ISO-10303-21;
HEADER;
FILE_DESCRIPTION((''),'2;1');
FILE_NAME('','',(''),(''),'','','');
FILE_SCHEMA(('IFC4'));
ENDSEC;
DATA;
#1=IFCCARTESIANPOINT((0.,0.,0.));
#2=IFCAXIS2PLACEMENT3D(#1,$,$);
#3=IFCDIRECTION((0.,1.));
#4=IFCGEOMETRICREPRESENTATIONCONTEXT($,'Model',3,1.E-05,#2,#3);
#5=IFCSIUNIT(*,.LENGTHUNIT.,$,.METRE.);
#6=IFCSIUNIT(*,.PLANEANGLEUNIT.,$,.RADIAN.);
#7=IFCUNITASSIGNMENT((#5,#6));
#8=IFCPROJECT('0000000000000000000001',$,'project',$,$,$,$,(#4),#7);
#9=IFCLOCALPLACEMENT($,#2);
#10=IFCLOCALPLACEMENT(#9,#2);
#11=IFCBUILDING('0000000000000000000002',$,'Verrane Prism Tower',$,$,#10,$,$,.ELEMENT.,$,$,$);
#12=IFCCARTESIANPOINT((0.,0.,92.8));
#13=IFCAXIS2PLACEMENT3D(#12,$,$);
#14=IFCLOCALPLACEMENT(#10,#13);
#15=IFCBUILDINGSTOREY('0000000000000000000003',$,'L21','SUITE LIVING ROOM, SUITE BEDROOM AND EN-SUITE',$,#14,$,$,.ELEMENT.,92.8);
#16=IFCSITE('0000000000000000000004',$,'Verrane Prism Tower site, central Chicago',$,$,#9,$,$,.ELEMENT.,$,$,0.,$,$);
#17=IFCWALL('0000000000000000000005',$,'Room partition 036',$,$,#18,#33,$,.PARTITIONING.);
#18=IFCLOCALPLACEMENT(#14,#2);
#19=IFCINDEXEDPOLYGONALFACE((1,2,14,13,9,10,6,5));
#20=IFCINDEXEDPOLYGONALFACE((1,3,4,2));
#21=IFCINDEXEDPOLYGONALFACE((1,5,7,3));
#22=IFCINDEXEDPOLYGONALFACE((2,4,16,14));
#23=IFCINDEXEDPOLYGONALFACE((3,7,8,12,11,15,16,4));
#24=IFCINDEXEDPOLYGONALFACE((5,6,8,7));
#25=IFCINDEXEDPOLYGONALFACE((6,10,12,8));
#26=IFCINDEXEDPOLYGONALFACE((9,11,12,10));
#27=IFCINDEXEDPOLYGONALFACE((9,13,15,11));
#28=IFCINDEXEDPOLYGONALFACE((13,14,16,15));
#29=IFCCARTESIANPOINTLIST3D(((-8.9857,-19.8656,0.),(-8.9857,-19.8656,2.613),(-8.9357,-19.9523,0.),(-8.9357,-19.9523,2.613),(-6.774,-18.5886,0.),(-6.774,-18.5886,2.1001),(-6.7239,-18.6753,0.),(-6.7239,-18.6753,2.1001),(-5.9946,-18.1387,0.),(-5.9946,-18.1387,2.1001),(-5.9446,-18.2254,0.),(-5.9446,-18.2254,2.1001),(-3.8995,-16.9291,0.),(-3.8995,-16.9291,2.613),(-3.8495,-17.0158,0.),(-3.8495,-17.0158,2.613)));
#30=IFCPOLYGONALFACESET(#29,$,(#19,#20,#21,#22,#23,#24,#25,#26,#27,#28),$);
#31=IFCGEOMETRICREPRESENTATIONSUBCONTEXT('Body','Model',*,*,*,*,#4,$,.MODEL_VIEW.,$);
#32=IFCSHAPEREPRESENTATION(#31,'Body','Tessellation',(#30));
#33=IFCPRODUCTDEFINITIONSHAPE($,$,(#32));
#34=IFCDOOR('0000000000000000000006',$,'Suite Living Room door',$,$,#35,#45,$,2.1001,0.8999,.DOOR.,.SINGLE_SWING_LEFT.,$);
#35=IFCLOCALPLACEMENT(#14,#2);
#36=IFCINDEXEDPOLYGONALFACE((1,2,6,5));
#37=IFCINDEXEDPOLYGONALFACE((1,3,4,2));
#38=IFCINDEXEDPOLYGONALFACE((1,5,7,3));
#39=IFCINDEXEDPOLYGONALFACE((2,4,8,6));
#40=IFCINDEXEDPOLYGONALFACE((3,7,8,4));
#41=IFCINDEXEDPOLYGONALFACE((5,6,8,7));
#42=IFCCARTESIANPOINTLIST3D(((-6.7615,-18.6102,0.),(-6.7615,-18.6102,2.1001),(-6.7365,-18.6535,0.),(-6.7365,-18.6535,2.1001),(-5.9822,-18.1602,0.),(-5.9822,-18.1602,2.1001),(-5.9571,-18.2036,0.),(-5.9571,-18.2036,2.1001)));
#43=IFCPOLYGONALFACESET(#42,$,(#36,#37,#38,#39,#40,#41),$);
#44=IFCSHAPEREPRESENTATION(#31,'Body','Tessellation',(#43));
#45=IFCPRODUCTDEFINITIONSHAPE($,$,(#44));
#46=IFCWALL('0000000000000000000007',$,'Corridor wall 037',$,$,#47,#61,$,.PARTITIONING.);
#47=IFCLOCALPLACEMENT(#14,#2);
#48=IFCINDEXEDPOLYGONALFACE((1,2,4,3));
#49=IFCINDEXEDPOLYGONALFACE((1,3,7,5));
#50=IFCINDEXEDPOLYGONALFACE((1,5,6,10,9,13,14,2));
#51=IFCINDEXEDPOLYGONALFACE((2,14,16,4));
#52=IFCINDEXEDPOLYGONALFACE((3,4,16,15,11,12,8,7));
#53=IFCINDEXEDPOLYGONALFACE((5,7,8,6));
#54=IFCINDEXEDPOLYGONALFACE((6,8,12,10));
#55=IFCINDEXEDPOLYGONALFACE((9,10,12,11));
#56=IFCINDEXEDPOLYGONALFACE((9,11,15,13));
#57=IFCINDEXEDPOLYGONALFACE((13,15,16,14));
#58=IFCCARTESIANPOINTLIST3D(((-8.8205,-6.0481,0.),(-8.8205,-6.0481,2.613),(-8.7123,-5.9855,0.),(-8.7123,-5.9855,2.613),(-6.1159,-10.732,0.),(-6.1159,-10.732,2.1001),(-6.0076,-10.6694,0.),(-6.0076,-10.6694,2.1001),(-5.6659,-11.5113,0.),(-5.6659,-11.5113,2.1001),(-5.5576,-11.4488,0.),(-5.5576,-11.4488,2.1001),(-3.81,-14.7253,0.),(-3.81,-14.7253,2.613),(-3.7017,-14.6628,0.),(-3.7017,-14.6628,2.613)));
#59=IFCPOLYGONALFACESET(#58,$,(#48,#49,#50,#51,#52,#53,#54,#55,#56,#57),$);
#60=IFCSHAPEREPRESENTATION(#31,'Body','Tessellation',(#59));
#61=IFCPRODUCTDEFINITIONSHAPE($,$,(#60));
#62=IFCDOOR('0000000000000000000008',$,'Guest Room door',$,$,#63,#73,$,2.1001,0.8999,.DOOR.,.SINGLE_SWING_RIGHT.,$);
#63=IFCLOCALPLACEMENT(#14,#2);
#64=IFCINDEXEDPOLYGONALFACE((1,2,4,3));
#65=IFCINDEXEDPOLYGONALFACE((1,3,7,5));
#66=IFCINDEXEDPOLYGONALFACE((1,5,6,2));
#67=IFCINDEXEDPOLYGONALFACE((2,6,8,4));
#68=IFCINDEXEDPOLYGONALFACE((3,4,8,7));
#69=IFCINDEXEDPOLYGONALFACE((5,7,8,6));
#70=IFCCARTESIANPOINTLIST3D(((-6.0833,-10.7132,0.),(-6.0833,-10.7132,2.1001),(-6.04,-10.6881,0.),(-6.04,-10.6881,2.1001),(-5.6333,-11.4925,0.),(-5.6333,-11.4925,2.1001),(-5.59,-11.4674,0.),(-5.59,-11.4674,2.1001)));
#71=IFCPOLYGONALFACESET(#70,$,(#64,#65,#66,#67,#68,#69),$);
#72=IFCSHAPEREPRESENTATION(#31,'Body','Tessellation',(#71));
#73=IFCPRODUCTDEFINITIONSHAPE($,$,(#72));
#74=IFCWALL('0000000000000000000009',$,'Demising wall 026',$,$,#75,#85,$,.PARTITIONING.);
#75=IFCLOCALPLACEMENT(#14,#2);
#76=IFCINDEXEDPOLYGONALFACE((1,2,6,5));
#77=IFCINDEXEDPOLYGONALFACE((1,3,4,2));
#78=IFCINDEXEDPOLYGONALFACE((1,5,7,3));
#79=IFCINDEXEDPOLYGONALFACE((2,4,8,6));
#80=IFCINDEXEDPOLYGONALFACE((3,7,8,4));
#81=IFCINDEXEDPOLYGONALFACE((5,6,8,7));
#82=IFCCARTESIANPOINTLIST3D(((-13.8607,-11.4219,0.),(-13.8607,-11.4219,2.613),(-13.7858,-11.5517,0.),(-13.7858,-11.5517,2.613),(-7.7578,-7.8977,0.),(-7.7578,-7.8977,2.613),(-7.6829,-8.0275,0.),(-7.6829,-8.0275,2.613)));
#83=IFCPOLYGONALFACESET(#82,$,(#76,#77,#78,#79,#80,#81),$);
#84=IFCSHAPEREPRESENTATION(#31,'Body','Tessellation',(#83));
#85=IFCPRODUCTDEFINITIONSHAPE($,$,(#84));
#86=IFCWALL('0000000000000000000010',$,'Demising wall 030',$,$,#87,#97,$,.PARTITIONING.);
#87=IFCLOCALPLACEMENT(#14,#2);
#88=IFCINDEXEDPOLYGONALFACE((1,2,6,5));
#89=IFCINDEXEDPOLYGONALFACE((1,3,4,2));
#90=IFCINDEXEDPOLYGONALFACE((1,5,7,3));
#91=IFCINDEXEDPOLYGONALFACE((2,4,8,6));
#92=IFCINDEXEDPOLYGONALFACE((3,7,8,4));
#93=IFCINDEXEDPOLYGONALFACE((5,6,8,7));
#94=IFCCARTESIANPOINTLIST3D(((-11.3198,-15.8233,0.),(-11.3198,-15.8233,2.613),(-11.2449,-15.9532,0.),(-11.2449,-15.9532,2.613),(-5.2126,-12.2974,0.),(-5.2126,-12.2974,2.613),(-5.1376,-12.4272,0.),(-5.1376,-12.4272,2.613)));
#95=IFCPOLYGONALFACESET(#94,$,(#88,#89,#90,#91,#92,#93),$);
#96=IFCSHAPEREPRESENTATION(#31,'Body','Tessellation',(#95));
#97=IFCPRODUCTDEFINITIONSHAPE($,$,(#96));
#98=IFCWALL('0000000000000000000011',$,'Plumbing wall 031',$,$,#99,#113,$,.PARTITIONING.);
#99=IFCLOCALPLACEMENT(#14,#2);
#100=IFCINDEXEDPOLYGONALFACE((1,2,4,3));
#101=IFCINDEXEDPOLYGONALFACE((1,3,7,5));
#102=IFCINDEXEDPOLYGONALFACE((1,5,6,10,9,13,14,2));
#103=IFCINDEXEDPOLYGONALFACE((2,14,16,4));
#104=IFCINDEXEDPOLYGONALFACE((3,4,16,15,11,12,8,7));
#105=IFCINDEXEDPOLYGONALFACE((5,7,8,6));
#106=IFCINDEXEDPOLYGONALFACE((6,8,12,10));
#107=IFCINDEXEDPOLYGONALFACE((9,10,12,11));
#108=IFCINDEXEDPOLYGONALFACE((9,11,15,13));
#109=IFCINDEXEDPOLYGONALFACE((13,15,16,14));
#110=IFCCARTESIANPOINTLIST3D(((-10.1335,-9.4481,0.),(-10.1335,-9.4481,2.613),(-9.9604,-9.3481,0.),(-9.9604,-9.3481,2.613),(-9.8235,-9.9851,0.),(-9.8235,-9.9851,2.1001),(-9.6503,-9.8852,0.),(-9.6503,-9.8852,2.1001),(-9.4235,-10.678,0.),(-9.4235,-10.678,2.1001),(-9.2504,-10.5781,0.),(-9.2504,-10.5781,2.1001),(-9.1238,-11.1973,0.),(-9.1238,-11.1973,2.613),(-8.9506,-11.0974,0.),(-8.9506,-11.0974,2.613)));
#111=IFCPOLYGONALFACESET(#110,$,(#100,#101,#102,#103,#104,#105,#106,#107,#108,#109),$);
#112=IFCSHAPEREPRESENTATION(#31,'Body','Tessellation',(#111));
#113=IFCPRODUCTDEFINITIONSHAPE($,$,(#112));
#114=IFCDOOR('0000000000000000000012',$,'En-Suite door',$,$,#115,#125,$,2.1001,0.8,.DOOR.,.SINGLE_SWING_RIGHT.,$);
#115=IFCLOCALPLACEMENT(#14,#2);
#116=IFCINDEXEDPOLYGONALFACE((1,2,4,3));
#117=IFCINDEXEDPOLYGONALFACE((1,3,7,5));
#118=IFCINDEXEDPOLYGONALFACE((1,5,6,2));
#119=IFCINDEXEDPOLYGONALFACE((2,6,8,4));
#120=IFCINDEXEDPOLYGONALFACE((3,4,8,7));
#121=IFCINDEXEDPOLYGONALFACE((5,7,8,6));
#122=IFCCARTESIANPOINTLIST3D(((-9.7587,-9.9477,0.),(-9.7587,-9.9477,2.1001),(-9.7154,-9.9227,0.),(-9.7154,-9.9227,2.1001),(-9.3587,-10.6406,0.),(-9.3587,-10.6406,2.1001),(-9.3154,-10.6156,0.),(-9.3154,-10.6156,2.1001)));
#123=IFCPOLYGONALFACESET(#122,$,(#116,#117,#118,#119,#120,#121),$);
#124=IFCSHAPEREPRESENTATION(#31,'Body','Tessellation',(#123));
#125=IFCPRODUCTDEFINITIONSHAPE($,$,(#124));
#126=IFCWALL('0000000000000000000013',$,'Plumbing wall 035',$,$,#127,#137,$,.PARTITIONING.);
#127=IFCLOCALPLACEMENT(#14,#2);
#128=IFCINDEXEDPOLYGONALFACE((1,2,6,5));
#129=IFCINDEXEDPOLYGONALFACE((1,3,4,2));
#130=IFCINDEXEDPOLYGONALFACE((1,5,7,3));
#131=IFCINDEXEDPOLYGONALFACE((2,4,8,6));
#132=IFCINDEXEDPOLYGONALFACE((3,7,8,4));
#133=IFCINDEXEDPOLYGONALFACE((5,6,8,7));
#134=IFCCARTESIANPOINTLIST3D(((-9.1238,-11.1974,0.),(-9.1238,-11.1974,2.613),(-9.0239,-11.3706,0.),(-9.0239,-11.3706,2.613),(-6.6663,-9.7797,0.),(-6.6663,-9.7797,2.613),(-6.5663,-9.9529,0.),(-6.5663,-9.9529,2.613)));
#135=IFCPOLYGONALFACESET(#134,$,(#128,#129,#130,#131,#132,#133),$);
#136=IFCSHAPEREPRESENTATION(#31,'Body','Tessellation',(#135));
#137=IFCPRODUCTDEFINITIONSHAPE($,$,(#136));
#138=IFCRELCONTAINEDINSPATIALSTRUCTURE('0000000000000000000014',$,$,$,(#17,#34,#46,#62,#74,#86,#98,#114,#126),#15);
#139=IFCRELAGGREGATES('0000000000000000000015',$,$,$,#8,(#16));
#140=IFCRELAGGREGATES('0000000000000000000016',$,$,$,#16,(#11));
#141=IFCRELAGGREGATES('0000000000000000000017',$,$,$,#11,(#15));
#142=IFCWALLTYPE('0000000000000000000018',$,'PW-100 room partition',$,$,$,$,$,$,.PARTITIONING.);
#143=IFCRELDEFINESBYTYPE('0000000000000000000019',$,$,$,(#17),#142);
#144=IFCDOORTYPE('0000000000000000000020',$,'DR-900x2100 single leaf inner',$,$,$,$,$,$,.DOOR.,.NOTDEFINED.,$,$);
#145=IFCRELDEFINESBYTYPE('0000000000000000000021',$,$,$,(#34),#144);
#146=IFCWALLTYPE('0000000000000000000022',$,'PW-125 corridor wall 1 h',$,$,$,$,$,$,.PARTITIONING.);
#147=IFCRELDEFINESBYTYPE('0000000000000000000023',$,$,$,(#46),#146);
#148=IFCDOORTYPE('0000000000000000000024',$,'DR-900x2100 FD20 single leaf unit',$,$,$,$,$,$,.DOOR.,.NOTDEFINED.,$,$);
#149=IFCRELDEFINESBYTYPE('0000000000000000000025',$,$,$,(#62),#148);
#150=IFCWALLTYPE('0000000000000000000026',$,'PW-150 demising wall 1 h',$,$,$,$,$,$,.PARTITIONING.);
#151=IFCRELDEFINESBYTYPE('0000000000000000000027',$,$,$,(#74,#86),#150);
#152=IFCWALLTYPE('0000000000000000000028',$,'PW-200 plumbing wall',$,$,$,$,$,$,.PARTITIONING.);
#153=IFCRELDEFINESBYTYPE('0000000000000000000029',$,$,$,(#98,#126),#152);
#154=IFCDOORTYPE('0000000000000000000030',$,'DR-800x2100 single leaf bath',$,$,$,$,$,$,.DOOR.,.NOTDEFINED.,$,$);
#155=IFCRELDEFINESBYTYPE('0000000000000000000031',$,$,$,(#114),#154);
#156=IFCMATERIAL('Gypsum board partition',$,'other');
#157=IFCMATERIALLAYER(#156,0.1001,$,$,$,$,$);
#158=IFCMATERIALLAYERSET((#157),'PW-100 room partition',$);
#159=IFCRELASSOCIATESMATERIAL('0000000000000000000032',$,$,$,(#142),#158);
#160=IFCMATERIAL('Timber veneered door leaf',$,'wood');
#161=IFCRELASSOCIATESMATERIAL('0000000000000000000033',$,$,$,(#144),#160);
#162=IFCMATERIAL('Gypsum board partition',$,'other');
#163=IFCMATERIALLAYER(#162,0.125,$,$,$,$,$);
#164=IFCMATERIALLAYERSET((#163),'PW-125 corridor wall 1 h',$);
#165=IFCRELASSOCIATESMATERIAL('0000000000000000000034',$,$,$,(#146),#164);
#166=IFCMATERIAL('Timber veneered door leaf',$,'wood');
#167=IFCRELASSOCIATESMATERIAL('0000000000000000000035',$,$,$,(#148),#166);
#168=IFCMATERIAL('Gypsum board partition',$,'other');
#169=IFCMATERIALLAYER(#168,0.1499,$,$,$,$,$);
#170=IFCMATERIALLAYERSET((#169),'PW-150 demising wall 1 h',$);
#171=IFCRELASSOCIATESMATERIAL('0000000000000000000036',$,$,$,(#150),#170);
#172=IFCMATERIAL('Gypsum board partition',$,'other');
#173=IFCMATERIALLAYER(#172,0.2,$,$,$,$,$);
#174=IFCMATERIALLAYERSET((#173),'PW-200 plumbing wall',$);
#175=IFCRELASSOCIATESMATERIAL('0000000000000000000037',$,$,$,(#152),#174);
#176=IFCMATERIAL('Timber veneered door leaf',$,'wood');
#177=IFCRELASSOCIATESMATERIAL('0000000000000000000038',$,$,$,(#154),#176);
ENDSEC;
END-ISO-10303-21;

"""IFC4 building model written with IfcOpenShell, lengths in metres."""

from ifc_helpers import new_model, si_unit, direction, frame, frame_2d, origin, place, context, subcontext, project, spatial, rectangle, extrude, material, layer, layer_set, type_object, element, fill, save


model = new_model("IFC4")

# Units and contexts
model_context = context("Model", 3, precision=1e-05, world=origin(), true_north=direction((0.0, 1.0)))
body_context = subcontext(model_context, "Body", "Model", "MODEL_VIEW")
ifc_project = project(units=[si_unit("LENGTHUNIT", "METRE"), si_unit("PLANEANGLEUNIT", "RADIAN")], contexts=[model_context])

# Site, building, storey
site_placement = place(None, origin())
site = spatial("IfcSite", under=ifc_project, at=site_placement, Name="Verrane Prism Tower site, central Chicago", CompositionType="ELEMENT", RefElevation=0.0)
building_placement = place(site_placement, origin())
building = spatial("IfcBuilding", under=site, at=building_placement, Name="Verrane Prism Tower", CompositionType="ELEMENT")
storey_placement = place(building_placement, frame((0.0, 0.0, 92.8)))
storey = spatial("IfcBuildingStorey", under=building, at=storey_placement, Name="L21", Description="SUITE LIVING ROOM, SUITE BEDROOM AND EN-SUITE", CompositionType="ELEMENT", Elevation=92.8)

# Walls, openings, doors
ifc_material_1 = material(Name="Gypsum board partition", Category="other")
ifc_layer_1 = layer(ifc_material_1, 0.1001)
ifc_layer_set_1 = layer_set([ifc_layer_1], Name="PW-100 room partition")
wall_type_1 = type_object("IfcWallType", Name="PW-100 room partition", PredefinedType="PARTITIONING", material=ifc_layer_set_1)
wall_1_placement = place(storey_placement, frame((-3.8745, -16.9724, 0.0), z_axis=(0.0, 0.0, 1.0), x_axis=(-0.866024, -0.500002, 0.0)))
wall_1 = element("IfcWall", 1, at=wall_1_placement, inside=storey, type_object=wall_type_1, Name="Room partition 036", PredefinedType="PARTITIONING", context=body_context, shape_type="SweptSolid", body=[
    extrude(rectangle(XDim=5.873, YDim=0.1001, at=frame_2d((2.9365, 0.0))), origin(), (0.0, 0.0, 1.0), 2.613),
])
opening_1_placement = place(wall_1_placement, frame((2.4192, 0.0, 0.0)))
opening_1 = element("IfcOpeningElement", 2, at=opening_1_placement, cuts=wall_1, PredefinedType="OPENING", context=body_context, shape_type="SweptSolid", body=[
    extrude(rectangle(XDim=0.8999, YDim=2.1001, at=frame_2d((0.45, 1.05))), frame((0.0, 0.0601, 0.0), z_axis=(0.0, -1.0, 0.0), x_axis=(1.0, 0.0, 0.0)), (0.0, 0.0, 1.0), 0.1201),
])
ifc_material_2 = material(Name="Timber veneered door leaf", Category="wood")
door_type_1 = type_object("IfcDoorType", Name="DR-900x2100 single leaf inner", OperationType="NOTDEFINED", PredefinedType="DOOR", material=ifc_material_2)
door_1_placement = place(opening_1_placement, origin())
door_1 = element("IfcDoor", 3, at=door_1_placement, inside=storey, type_object=door_type_1, Name="Suite Living Room door", OperationType="SINGLE_SWING_LEFT", OverallHeight=2.1001, OverallWidth=0.8999, PredefinedType="DOOR", context=body_context, shape_type="SweptSolid", body=[
    extrude(rectangle(XDim=0.8999, YDim=2.1001, at=frame_2d((0.45, 1.05))), frame((0.0, 0.0249, 0.0), z_axis=(0.0, -1.0, 0.0), x_axis=(1.0, 0.0, 0.0)), (0.0, 0.0, 1.0), 0.05),
])
fill(opening_1, door_1)
ifc_material_3 = material(Name="Gypsum board partition", Category="other")
ifc_layer_2 = layer(ifc_material_3, 0.125)
ifc_layer_set_2 = layer_set([ifc_layer_2], Name="PW-125 corridor wall 1 h")
wall_type_2 = type_object("IfcWallType", Name="PW-125 corridor wall 1 h", PredefinedType="PARTITIONING", material=ifc_layer_set_2)
wall_2_placement = place(storey_placement, frame((-3.7559, -14.6941, 0.0), z_axis=(0.0, 0.0, 1.0), x_axis=(-0.500051, 0.865996, 0.0)))
wall_2 = element("IfcWall", 4, at=wall_2_placement, inside=storey, type_object=wall_type_2, Name="Corridor wall 037", PredefinedType="PARTITIONING", context=body_context, shape_type="SweptSolid", body=[
    extrude(rectangle(XDim=10.02, YDim=0.125, at=frame_2d((5.01, 0.0))), origin(), (0.0, 0.0, 1.0), 2.613),
])
opening_2_placement = place(wall_2_placement, frame((3.7114, 0.0, 0.0)))
opening_2 = element("IfcOpeningElement", 5, at=opening_2_placement, cuts=wall_2, PredefinedType="OPENING", context=body_context, shape_type="SweptSolid", body=[
    extrude(rectangle(XDim=0.8999, YDim=2.1001, at=frame_2d((0.45, 1.05))), frame((0.0, 0.0725, 0.0), z_axis=(0.0, -1.0, 0.0), x_axis=(1.0, 0.0, 0.0)), (0.0, 0.0, 1.0), 0.145),
])
ifc_material_4 = material(Name="Timber veneered door leaf", Category="wood")
door_type_2 = type_object("IfcDoorType", Name="DR-900x2100 FD20 single leaf unit", OperationType="NOTDEFINED", PredefinedType="DOOR", material=ifc_material_4)
door_2_placement = place(opening_2_placement, origin())
door_2 = element("IfcDoor", 6, at=door_2_placement, inside=storey, type_object=door_type_2, Name="Guest Room door", OperationType="SINGLE_SWING_RIGHT", OverallHeight=2.1001, OverallWidth=0.8999, PredefinedType="DOOR", context=body_context, shape_type="SweptSolid", body=[
    extrude(rectangle(XDim=0.8999, YDim=2.1001, at=frame_2d((0.45, 1.05))), frame((0.0, 0.0249, 0.0), z_axis=(0.0, -1.0, 0.0), x_axis=(1.0, 0.0, 0.0)), (0.0, 0.0, 1.0), 0.05),
])
fill(opening_2, door_2)

# Walls
ifc_material_5 = material(Name="Gypsum board partition", Category="other")
ifc_layer_3 = layer(ifc_material_5, 0.1499)
ifc_layer_set_3 = layer_set([ifc_layer_3], Name="PW-150 demising wall 1 h")
wall_type_3 = type_object("IfcWallType", Name="PW-150 demising wall 1 h", PredefinedType="PARTITIONING", material=ifc_layer_set_3)
wall_3_placement = place(storey_placement, frame((-13.8232, -11.4868, 0.0), z_axis=(0.0, 0.0, 1.0), x_axis=(0.865981, 0.500077, 0.0)))
element("IfcWall", 7, at=wall_3_placement, inside=storey, type_object=wall_type_3, Name="Demising wall 026", PredefinedType="PARTITIONING", context=body_context, shape_type="SweptSolid", body=[
    extrude(rectangle(XDim=7.0474, YDim=0.1499, at=frame_2d((3.5237, 0.0))), origin(), (0.0, 0.0, 1.0), 2.613),
])
wall_4_placement = place(storey_placement, frame((-11.2822, -15.8882, 0.0), z_axis=(0.0, 0.0, 1.0), x_axis=(0.866032, 0.499989, 0.0)))
element("IfcWall", 8, at=wall_4_placement, inside=storey, type_object=wall_type_3, Name="Demising wall 030", PredefinedType="PARTITIONING", context=body_context, shape_type="SweptSolid", body=[
    extrude(rectangle(XDim=7.052, YDim=0.1499, at=frame_2d((3.5259, 0.0))), origin(), (0.0, 0.0, 1.0), 2.613),
])

# Wall, opening, door
ifc_material_6 = material(Name="Gypsum board partition", Category="other")
ifc_layer_4 = layer(ifc_material_6, 0.2)
ifc_layer_set_4 = layer_set([ifc_layer_4], Name="PW-200 plumbing wall")
wall_type_4 = type_object("IfcWallType", Name="PW-200 plumbing wall", PredefinedType="PARTITIONING", material=ifc_layer_set_4)
wall_5_placement = place(storey_placement, frame((-10.0469, -9.3982, 0.0), z_axis=(0.0, 0.0, 1.0), x_axis=(0.499935, -0.866063, 0.0)))
wall_5 = element("IfcWall", 9, at=wall_5_placement, inside=storey, type_object=wall_type_4, Name="Plumbing wall 031", PredefinedType="PARTITIONING", context=body_context, shape_type="SweptSolid", body=[
    extrude(rectangle(XDim=2.0198, YDim=0.2, at=frame_2d((1.0098, 0.0))), origin(), (0.0, 0.0, 1.0), 2.613),
])
opening_3_placement = place(wall_5_placement, frame((0.6201, 0.0, 0.0)))
opening_3 = element("IfcOpeningElement", 10, at=opening_3_placement, cuts=wall_5, PredefinedType="OPENING", context=body_context, shape_type="SweptSolid", body=[
    extrude(rectangle(XDim=0.8, YDim=2.1001, at=frame_2d((0.3999, 1.05))), frame((0.0, 0.1099, 0.0), z_axis=(0.0, -1.0, 0.0), x_axis=(1.0, 0.0, 0.0)), (0.0, 0.0, 1.0), 0.22),
])
ifc_material_7 = material(Name="Timber veneered door leaf", Category="wood")
door_type_3 = type_object("IfcDoorType", Name="DR-800x2100 single leaf bath", OperationType="NOTDEFINED", PredefinedType="DOOR", material=ifc_material_7)
door_3_placement = place(opening_3_placement, origin())
door_3 = element("IfcDoor", 11, at=door_3_placement, inside=storey, type_object=door_type_3, Name="En-Suite door", OperationType="SINGLE_SWING_RIGHT", OverallHeight=2.1001, OverallWidth=0.8, PredefinedType="DOOR", context=body_context, shape_type="SweptSolid", body=[
    extrude(rectangle(XDim=0.8, YDim=2.1001, at=frame_2d((0.3999, 1.05))), frame((0.0, 0.0249, 0.0), z_axis=(0.0, -1.0, 0.0), x_axis=(1.0, 0.0, 0.0)), (0.0, 0.0, 1.0), 0.05),
])
fill(opening_3, door_3)

# Wall
wall_6_placement = place(storey_placement, frame((-9.0737, -11.2839, 0.0), z_axis=(0.0, 0.0, 1.0), x_axis=(0.866197, 0.499703, 0.0)))
element("IfcWall", 12, at=wall_6_placement, inside=storey, type_object=wall_type_4, Name="Plumbing wall 035", PredefinedType="PARTITIONING", context=body_context, shape_type="SweptSolid", body=[
    extrude(rectangle(XDim=2.8372, YDim=0.2, at=frame_2d((1.4185, 0.0))), origin(), (0.0, 0.0, 1.0), 2.613),
])

save(model, "model.ifc")
